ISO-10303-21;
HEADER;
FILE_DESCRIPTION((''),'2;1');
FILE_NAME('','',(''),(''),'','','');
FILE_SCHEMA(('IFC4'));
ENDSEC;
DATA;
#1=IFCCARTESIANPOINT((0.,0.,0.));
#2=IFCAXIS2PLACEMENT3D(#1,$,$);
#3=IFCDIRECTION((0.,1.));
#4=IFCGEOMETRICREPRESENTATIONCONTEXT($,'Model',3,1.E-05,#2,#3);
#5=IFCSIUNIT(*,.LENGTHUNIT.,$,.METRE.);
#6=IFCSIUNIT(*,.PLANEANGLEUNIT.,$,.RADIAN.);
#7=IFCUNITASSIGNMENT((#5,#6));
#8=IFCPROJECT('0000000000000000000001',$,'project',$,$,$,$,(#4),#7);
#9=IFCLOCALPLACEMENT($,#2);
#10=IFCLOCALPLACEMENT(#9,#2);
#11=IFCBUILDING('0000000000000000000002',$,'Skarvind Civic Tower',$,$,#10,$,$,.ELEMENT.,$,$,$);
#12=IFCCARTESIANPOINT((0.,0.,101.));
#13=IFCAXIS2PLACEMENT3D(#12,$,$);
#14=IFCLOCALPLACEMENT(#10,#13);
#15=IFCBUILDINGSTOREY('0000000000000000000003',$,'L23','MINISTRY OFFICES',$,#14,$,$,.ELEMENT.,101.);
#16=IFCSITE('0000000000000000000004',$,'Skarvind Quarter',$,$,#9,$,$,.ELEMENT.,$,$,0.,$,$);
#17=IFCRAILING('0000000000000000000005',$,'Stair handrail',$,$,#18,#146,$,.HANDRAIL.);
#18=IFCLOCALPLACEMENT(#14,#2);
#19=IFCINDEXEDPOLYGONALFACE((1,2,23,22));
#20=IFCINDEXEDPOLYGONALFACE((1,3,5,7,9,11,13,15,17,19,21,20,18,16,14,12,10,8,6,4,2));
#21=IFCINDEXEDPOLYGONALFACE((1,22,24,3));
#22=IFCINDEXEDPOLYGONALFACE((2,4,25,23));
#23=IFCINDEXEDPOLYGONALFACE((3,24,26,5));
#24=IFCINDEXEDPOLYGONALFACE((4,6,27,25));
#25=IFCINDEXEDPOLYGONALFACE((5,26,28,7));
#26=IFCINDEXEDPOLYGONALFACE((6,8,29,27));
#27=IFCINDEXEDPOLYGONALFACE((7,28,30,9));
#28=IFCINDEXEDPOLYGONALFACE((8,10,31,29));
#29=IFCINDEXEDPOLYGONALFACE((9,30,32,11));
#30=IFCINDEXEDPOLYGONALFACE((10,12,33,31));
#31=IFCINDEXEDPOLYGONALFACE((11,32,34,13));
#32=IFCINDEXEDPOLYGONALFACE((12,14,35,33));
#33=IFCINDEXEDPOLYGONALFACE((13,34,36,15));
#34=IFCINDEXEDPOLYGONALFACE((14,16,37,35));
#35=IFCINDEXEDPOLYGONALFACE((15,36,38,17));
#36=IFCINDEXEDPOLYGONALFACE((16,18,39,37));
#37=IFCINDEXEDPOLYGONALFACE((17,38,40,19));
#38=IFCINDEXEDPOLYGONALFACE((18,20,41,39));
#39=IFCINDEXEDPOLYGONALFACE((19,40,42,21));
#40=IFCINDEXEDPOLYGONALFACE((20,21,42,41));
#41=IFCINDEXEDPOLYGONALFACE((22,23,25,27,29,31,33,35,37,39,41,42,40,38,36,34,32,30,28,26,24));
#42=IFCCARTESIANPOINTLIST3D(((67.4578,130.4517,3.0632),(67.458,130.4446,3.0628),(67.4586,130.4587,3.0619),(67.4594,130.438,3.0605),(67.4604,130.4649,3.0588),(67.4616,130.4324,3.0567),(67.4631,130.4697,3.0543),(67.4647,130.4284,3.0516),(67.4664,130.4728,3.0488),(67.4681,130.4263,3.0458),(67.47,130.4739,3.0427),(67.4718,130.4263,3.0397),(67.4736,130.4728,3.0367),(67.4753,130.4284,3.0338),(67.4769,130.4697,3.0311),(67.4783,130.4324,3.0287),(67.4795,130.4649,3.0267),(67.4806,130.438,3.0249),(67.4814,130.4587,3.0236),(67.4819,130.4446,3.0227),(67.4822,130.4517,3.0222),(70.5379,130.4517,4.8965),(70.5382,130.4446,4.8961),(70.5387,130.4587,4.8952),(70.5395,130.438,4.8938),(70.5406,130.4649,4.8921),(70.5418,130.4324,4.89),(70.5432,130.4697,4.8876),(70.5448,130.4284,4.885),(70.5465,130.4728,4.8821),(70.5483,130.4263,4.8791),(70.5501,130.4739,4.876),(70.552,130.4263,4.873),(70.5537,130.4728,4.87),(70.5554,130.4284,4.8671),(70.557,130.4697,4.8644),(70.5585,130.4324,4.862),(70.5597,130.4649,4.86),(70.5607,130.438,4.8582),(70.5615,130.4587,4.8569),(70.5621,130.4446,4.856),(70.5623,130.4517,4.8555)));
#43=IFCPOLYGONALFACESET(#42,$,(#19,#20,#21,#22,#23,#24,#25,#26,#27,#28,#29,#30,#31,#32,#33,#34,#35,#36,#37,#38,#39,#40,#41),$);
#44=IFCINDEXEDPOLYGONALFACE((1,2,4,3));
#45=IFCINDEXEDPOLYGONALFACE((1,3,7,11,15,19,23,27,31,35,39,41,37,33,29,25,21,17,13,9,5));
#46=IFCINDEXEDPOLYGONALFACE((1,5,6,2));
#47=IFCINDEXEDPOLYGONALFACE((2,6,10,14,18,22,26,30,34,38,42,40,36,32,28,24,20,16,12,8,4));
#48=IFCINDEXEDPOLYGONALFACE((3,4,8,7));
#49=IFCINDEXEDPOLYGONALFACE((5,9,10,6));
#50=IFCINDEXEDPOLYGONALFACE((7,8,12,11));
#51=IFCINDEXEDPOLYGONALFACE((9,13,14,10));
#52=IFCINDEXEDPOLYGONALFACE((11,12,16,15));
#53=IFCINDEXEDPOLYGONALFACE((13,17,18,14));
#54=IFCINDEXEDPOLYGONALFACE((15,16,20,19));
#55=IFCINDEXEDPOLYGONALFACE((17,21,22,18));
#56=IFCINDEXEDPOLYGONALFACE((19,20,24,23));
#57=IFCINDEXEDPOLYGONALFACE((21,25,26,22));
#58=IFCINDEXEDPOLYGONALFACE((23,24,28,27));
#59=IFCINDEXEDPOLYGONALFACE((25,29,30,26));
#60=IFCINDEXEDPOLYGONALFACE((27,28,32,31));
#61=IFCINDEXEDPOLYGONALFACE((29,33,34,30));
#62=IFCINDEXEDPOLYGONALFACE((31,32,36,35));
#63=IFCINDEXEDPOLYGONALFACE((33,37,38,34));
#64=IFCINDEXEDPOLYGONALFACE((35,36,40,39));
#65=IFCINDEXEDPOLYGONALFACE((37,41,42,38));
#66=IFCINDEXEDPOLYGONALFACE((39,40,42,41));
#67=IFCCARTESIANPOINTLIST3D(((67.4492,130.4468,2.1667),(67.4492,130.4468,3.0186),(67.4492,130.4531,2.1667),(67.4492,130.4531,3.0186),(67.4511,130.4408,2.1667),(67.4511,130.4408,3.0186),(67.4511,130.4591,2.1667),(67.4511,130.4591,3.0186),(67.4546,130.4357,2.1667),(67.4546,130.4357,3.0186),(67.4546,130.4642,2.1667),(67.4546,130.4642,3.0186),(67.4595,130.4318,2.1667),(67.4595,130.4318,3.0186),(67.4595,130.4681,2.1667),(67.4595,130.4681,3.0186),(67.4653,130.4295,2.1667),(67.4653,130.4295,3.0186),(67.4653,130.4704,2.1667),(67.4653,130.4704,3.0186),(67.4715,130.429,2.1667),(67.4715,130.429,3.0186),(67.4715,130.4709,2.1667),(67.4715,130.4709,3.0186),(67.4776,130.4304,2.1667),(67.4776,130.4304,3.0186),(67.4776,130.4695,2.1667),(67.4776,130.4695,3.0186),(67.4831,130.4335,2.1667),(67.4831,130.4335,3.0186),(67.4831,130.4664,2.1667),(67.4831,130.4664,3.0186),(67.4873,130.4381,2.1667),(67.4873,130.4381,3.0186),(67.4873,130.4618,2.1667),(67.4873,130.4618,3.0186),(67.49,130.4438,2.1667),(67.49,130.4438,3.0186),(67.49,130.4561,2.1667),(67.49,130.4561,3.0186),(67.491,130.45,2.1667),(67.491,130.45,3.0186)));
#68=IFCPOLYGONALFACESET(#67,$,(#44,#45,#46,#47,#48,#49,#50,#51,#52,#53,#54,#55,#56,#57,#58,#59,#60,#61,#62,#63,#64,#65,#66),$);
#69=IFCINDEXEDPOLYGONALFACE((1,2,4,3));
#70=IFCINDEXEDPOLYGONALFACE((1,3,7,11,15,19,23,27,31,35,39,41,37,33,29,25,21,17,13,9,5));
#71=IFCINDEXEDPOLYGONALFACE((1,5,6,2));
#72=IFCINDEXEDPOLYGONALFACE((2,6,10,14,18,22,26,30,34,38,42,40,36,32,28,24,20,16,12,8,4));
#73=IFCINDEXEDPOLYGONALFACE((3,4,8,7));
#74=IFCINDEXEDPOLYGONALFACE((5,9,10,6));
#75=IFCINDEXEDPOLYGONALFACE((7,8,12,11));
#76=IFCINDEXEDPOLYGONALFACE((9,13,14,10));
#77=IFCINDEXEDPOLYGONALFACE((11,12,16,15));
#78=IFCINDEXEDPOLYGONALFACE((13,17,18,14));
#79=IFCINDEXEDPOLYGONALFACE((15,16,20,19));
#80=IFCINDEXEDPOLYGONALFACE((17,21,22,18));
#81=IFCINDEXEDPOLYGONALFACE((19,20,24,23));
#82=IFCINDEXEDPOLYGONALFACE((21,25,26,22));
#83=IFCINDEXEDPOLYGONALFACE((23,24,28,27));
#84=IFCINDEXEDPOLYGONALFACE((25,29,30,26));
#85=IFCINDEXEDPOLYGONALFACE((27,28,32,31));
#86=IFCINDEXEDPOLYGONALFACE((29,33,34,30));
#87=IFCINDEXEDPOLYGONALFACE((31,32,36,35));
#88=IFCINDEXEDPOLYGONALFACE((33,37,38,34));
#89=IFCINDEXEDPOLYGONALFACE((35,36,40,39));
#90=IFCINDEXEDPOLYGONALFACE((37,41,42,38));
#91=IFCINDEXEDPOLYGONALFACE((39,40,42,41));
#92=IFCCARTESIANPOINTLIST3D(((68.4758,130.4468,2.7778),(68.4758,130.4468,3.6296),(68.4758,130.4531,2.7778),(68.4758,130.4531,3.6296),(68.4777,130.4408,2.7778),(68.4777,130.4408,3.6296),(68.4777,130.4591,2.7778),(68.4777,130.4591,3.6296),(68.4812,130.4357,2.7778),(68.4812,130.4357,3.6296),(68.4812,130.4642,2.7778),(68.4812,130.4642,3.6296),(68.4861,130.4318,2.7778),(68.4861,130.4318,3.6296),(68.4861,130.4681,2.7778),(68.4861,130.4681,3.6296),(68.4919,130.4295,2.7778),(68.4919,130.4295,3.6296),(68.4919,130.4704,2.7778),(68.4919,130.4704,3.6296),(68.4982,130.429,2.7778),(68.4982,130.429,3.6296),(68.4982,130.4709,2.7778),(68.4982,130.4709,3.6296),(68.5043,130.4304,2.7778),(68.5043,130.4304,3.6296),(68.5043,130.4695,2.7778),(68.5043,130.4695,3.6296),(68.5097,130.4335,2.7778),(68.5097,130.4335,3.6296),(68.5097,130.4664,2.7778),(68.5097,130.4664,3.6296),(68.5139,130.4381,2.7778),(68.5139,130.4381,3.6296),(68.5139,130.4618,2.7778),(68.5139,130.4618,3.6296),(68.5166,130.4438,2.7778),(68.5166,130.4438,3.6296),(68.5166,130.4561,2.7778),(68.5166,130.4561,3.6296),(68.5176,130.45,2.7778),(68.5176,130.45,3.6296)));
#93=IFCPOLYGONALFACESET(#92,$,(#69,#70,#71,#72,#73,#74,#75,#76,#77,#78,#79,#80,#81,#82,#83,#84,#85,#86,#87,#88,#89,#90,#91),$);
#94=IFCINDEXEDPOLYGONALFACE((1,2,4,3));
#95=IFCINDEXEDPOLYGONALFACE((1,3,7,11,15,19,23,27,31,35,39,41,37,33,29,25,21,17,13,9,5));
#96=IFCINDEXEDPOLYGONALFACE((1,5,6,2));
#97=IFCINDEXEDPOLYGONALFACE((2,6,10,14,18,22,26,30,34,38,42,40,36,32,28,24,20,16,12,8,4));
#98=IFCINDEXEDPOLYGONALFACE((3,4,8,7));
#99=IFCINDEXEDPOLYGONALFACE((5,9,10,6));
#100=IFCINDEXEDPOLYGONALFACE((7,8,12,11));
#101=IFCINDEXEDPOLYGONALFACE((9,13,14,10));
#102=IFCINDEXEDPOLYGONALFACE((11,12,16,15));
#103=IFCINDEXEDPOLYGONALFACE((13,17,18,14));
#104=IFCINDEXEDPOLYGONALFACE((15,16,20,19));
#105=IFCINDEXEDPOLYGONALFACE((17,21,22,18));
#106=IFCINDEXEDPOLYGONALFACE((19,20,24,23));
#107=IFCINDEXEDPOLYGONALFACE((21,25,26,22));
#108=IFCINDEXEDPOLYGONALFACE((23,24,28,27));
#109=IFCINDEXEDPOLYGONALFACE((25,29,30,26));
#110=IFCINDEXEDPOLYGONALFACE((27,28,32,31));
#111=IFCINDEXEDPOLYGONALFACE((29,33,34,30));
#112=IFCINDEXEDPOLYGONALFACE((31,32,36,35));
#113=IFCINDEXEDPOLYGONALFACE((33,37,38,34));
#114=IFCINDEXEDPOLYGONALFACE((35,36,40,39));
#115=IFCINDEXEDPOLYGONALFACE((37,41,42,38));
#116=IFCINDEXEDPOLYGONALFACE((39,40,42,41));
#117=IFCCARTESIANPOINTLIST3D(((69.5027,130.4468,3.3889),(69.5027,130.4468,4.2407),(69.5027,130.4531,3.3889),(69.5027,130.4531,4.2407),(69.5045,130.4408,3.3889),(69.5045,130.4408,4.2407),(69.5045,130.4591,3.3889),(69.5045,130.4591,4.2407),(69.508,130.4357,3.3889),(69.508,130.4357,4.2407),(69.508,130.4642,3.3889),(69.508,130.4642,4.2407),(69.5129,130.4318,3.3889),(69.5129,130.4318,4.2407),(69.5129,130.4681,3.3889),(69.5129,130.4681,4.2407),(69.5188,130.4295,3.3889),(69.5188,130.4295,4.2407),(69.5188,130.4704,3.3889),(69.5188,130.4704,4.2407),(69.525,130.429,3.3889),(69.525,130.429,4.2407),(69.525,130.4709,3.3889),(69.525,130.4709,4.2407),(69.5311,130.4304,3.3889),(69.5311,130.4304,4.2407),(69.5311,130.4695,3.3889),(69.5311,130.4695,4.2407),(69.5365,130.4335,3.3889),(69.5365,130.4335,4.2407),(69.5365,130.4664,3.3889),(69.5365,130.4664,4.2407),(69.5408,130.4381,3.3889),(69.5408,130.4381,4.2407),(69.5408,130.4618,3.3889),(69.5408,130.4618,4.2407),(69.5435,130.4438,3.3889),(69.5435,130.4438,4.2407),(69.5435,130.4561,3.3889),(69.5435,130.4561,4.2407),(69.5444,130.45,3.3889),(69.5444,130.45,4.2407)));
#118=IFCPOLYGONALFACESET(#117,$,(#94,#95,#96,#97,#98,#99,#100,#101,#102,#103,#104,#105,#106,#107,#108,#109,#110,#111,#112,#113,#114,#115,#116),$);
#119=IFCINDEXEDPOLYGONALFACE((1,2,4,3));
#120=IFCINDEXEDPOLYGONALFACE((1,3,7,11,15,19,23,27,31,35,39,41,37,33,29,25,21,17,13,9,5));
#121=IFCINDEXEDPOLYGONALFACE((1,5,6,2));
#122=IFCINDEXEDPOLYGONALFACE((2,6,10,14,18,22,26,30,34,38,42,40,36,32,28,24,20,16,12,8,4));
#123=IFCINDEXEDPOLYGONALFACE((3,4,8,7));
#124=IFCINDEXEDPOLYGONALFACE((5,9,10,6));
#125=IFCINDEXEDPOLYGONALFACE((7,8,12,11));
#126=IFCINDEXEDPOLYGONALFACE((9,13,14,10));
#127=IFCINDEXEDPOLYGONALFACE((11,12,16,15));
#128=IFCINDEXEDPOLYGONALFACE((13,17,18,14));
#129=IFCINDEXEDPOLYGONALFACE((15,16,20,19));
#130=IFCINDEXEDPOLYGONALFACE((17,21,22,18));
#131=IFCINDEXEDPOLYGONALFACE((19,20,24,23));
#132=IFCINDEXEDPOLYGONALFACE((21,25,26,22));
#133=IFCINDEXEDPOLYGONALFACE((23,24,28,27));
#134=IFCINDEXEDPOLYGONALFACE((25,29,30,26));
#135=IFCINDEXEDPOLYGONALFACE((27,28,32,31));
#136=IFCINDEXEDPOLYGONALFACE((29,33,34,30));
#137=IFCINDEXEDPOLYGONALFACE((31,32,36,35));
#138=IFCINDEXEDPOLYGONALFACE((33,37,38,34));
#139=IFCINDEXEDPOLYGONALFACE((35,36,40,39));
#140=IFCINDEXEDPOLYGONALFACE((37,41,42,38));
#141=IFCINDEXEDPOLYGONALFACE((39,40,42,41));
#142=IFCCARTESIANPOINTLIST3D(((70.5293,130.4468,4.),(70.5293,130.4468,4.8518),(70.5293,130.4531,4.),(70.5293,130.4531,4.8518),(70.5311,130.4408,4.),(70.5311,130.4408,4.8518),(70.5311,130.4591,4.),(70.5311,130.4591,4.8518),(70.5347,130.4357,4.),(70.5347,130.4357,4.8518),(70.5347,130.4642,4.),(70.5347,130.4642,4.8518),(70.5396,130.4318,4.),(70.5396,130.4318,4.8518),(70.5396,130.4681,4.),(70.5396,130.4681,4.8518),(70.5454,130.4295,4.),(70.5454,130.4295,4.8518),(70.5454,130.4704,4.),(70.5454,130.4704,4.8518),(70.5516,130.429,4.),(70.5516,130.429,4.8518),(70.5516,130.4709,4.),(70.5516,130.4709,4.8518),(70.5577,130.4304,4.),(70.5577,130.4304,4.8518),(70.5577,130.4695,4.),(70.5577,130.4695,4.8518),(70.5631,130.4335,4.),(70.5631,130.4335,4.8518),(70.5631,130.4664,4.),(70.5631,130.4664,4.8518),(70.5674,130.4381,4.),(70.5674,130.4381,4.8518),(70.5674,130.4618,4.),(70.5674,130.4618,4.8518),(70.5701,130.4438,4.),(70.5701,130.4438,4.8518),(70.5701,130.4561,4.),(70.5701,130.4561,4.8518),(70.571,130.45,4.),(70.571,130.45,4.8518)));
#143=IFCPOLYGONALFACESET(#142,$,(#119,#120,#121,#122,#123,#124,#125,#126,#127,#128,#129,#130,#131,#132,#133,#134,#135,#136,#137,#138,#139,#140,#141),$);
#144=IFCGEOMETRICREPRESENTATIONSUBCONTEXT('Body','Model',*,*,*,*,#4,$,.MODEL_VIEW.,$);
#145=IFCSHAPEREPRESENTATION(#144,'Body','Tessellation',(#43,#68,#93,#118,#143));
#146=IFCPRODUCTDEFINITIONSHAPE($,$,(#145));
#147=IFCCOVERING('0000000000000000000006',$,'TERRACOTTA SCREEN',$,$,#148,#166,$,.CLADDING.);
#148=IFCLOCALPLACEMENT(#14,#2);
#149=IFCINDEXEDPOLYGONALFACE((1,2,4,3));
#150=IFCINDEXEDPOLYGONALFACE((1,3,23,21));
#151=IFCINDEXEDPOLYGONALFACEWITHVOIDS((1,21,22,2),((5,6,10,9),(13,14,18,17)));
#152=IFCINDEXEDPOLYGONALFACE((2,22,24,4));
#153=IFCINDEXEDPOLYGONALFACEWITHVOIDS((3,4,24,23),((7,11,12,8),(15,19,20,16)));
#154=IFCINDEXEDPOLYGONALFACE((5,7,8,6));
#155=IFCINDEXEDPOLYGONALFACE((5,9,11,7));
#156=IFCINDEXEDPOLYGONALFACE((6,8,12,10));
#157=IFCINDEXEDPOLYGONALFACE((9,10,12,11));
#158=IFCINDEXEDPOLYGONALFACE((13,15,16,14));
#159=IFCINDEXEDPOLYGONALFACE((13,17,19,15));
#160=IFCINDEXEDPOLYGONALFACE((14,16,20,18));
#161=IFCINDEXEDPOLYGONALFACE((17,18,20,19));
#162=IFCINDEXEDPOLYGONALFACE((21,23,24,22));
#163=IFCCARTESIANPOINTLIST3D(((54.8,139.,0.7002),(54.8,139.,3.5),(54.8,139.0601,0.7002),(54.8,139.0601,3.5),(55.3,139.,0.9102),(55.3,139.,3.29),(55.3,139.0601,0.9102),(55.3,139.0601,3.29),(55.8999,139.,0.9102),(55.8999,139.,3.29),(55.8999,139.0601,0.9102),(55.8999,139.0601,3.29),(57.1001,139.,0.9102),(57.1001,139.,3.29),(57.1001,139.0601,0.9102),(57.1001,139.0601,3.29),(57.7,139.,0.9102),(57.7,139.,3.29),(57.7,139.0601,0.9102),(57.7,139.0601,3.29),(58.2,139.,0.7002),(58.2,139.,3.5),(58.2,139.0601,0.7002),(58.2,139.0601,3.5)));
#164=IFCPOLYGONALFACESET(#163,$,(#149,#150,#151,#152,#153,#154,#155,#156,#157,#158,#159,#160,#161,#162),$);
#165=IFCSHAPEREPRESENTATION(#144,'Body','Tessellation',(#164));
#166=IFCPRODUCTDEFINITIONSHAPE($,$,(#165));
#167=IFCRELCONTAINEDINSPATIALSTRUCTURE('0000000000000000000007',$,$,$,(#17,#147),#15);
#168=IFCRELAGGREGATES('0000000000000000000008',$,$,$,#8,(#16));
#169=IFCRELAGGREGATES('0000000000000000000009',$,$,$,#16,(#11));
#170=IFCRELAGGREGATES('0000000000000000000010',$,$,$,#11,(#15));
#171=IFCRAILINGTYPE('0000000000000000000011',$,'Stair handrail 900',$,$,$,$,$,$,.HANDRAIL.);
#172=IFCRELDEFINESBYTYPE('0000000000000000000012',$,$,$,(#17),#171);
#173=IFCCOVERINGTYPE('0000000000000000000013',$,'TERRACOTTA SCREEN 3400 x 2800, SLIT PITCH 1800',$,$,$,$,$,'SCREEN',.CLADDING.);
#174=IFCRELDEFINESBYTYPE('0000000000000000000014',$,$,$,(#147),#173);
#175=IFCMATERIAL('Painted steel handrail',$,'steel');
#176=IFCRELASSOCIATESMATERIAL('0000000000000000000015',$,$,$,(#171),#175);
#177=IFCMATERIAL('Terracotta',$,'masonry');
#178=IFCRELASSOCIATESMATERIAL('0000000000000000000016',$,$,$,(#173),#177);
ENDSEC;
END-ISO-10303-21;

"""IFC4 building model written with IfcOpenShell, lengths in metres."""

from ifc_helpers import new_model, si_unit, direction, frame, origin, origin_2d, place, context, subcontext, project, spatial, polyline, circle, outline, extrude, material, material_profile, profile_set, type_object, element, save


model = new_model("IFC4")

# Units and contexts
model_context = context("Model", 3, precision=1e-05, world=origin(), true_north=direction((0.0, 1.0)))
body_context = subcontext(model_context, "Body", "Model", "MODEL_VIEW")
ifc_project = project(units=[si_unit("LENGTHUNIT", "METRE"), si_unit("PLANEANGLEUNIT", "RADIAN")], contexts=[model_context])

# Site, building, storey
site_placement = place(None, origin())
site = spatial("IfcSite", under=ifc_project, at=site_placement, Name="Skarvind Quarter", CompositionType="ELEMENT", RefElevation=0.0)
building_placement = place(site_placement, origin())
building = spatial("IfcBuilding", under=site, at=building_placement, Name="Skarvind Civic Tower", CompositionType="ELEMENT")
storey_placement = place(building_placement, frame((0.0, 0.0, 101.0)))
storey = spatial("IfcBuildingStorey", under=building, at=storey_placement, Name="L23", Description="MINISTRY OFFICES", CompositionType="ELEMENT", Elevation=101.0)

# Railing
ifc_material_1 = material(Name="Painted steel handrail", Category="steel")
railing_type = type_object("IfcRailingType", Name="Stair handrail 900", PredefinedType="HANDRAIL", material=ifc_material_1)
railing_1_placement = place(storey_placement, frame((67.47, 130.45, 2.1667)))
element("IfcRailing", 1, at=railing_1_placement, inside=storey, type_object=railing_type, Name="Stair handrail", PredefinedType="HANDRAIL", context=body_context, shape_type="SweptSolid", body=[
    extrude(circle(Radius=0.0239, at=origin_2d()), frame((0.0, 0.0, 0.876), z_axis=(0.859309, 0.0, 0.511458), x_axis=(0.0, 1.0, 0.0)), (0.0, 0.0, 1.0), 3.5845),
    extrude(circle(Radius=0.021, at=origin_2d()), origin(), (0.0, 0.0, 1.0), 0.8518),
    extrude(circle(Radius=0.021, at=origin_2d()), frame((1.0266, 0.0, 0.6111)), (0.0, 0.0, 1.0), 0.8518),
    extrude(circle(Radius=0.021, at=origin_2d()), frame((2.0535, 0.0, 1.2222)), (0.0, 0.0, 1.0), 0.8518),
    extrude(circle(Radius=0.021, at=origin_2d()), frame((3.0801, 0.0, 1.8333)), (0.0, 0.0, 1.0), 0.8518),
])

# Covering
ifc_material_2 = material(Name="Terracotta", Category="masonry")
ifc_material_profile_1 = material_profile(ifc_material_2, outline(polyline([(-1.7, -1.3999), (1.7, -1.3999), (1.7, 1.3999), (-1.7, 1.3999), (-1.7, -1.3999)]), holes=[polyline([(-1.2, -1.1899), (-0.6001, -1.1899), (-0.6001, 1.1899), (-1.2, 1.1899), (-1.2, -1.1899)]), polyline([(0.6001, -1.1899), (1.2, -1.1899), (1.2, 1.1899), (0.6001, 1.1899), (0.6001, -1.1899)])]), Name="TERRACOTTA SCREEN 3400 x 2800, SLIT PITCH 1800")
ifc_profile_set_1 = profile_set([ifc_material_profile_1], Name="Terracotta")
covering_type = type_object("IfcCoveringType", Name="TERRACOTTA SCREEN 3400 x 2800, SLIT PITCH 1800", ElementType="SCREEN", PredefinedType="CLADDING", material=ifc_profile_set_1)
covering_placement = place(storey_placement, frame((56.5, 139.0, 2.1001), z_axis=(0.0, 1.0, 0.0), x_axis=(-1.0, 0.0, 0.0)))
element("IfcCovering", 2, at=covering_placement, inside=storey, type_object=covering_type, Name="TERRACOTTA SCREEN", PredefinedType="CLADDING", context=body_context, shape_type="SweptSolid", body=[
    extrude(outline(polyline([(-1.7, -1.3999), (1.7, -1.3999), (1.7, 1.3999), (-1.7, 1.3999), (-1.7, -1.3999)]), holes=[polyline([(-1.2, -1.1899), (-0.6001, -1.1899), (-0.6001, 1.1899), (-1.2, 1.1899), (-1.2, -1.1899)]), polyline([(0.6001, -1.1899), (1.2, -1.1899), (1.2, 1.1899), (0.6001, 1.1899), (0.6001, -1.1899)])]), origin(), (0.0, 0.0, 1.0), 0.0601),
])

save(model, "model.ifc")
